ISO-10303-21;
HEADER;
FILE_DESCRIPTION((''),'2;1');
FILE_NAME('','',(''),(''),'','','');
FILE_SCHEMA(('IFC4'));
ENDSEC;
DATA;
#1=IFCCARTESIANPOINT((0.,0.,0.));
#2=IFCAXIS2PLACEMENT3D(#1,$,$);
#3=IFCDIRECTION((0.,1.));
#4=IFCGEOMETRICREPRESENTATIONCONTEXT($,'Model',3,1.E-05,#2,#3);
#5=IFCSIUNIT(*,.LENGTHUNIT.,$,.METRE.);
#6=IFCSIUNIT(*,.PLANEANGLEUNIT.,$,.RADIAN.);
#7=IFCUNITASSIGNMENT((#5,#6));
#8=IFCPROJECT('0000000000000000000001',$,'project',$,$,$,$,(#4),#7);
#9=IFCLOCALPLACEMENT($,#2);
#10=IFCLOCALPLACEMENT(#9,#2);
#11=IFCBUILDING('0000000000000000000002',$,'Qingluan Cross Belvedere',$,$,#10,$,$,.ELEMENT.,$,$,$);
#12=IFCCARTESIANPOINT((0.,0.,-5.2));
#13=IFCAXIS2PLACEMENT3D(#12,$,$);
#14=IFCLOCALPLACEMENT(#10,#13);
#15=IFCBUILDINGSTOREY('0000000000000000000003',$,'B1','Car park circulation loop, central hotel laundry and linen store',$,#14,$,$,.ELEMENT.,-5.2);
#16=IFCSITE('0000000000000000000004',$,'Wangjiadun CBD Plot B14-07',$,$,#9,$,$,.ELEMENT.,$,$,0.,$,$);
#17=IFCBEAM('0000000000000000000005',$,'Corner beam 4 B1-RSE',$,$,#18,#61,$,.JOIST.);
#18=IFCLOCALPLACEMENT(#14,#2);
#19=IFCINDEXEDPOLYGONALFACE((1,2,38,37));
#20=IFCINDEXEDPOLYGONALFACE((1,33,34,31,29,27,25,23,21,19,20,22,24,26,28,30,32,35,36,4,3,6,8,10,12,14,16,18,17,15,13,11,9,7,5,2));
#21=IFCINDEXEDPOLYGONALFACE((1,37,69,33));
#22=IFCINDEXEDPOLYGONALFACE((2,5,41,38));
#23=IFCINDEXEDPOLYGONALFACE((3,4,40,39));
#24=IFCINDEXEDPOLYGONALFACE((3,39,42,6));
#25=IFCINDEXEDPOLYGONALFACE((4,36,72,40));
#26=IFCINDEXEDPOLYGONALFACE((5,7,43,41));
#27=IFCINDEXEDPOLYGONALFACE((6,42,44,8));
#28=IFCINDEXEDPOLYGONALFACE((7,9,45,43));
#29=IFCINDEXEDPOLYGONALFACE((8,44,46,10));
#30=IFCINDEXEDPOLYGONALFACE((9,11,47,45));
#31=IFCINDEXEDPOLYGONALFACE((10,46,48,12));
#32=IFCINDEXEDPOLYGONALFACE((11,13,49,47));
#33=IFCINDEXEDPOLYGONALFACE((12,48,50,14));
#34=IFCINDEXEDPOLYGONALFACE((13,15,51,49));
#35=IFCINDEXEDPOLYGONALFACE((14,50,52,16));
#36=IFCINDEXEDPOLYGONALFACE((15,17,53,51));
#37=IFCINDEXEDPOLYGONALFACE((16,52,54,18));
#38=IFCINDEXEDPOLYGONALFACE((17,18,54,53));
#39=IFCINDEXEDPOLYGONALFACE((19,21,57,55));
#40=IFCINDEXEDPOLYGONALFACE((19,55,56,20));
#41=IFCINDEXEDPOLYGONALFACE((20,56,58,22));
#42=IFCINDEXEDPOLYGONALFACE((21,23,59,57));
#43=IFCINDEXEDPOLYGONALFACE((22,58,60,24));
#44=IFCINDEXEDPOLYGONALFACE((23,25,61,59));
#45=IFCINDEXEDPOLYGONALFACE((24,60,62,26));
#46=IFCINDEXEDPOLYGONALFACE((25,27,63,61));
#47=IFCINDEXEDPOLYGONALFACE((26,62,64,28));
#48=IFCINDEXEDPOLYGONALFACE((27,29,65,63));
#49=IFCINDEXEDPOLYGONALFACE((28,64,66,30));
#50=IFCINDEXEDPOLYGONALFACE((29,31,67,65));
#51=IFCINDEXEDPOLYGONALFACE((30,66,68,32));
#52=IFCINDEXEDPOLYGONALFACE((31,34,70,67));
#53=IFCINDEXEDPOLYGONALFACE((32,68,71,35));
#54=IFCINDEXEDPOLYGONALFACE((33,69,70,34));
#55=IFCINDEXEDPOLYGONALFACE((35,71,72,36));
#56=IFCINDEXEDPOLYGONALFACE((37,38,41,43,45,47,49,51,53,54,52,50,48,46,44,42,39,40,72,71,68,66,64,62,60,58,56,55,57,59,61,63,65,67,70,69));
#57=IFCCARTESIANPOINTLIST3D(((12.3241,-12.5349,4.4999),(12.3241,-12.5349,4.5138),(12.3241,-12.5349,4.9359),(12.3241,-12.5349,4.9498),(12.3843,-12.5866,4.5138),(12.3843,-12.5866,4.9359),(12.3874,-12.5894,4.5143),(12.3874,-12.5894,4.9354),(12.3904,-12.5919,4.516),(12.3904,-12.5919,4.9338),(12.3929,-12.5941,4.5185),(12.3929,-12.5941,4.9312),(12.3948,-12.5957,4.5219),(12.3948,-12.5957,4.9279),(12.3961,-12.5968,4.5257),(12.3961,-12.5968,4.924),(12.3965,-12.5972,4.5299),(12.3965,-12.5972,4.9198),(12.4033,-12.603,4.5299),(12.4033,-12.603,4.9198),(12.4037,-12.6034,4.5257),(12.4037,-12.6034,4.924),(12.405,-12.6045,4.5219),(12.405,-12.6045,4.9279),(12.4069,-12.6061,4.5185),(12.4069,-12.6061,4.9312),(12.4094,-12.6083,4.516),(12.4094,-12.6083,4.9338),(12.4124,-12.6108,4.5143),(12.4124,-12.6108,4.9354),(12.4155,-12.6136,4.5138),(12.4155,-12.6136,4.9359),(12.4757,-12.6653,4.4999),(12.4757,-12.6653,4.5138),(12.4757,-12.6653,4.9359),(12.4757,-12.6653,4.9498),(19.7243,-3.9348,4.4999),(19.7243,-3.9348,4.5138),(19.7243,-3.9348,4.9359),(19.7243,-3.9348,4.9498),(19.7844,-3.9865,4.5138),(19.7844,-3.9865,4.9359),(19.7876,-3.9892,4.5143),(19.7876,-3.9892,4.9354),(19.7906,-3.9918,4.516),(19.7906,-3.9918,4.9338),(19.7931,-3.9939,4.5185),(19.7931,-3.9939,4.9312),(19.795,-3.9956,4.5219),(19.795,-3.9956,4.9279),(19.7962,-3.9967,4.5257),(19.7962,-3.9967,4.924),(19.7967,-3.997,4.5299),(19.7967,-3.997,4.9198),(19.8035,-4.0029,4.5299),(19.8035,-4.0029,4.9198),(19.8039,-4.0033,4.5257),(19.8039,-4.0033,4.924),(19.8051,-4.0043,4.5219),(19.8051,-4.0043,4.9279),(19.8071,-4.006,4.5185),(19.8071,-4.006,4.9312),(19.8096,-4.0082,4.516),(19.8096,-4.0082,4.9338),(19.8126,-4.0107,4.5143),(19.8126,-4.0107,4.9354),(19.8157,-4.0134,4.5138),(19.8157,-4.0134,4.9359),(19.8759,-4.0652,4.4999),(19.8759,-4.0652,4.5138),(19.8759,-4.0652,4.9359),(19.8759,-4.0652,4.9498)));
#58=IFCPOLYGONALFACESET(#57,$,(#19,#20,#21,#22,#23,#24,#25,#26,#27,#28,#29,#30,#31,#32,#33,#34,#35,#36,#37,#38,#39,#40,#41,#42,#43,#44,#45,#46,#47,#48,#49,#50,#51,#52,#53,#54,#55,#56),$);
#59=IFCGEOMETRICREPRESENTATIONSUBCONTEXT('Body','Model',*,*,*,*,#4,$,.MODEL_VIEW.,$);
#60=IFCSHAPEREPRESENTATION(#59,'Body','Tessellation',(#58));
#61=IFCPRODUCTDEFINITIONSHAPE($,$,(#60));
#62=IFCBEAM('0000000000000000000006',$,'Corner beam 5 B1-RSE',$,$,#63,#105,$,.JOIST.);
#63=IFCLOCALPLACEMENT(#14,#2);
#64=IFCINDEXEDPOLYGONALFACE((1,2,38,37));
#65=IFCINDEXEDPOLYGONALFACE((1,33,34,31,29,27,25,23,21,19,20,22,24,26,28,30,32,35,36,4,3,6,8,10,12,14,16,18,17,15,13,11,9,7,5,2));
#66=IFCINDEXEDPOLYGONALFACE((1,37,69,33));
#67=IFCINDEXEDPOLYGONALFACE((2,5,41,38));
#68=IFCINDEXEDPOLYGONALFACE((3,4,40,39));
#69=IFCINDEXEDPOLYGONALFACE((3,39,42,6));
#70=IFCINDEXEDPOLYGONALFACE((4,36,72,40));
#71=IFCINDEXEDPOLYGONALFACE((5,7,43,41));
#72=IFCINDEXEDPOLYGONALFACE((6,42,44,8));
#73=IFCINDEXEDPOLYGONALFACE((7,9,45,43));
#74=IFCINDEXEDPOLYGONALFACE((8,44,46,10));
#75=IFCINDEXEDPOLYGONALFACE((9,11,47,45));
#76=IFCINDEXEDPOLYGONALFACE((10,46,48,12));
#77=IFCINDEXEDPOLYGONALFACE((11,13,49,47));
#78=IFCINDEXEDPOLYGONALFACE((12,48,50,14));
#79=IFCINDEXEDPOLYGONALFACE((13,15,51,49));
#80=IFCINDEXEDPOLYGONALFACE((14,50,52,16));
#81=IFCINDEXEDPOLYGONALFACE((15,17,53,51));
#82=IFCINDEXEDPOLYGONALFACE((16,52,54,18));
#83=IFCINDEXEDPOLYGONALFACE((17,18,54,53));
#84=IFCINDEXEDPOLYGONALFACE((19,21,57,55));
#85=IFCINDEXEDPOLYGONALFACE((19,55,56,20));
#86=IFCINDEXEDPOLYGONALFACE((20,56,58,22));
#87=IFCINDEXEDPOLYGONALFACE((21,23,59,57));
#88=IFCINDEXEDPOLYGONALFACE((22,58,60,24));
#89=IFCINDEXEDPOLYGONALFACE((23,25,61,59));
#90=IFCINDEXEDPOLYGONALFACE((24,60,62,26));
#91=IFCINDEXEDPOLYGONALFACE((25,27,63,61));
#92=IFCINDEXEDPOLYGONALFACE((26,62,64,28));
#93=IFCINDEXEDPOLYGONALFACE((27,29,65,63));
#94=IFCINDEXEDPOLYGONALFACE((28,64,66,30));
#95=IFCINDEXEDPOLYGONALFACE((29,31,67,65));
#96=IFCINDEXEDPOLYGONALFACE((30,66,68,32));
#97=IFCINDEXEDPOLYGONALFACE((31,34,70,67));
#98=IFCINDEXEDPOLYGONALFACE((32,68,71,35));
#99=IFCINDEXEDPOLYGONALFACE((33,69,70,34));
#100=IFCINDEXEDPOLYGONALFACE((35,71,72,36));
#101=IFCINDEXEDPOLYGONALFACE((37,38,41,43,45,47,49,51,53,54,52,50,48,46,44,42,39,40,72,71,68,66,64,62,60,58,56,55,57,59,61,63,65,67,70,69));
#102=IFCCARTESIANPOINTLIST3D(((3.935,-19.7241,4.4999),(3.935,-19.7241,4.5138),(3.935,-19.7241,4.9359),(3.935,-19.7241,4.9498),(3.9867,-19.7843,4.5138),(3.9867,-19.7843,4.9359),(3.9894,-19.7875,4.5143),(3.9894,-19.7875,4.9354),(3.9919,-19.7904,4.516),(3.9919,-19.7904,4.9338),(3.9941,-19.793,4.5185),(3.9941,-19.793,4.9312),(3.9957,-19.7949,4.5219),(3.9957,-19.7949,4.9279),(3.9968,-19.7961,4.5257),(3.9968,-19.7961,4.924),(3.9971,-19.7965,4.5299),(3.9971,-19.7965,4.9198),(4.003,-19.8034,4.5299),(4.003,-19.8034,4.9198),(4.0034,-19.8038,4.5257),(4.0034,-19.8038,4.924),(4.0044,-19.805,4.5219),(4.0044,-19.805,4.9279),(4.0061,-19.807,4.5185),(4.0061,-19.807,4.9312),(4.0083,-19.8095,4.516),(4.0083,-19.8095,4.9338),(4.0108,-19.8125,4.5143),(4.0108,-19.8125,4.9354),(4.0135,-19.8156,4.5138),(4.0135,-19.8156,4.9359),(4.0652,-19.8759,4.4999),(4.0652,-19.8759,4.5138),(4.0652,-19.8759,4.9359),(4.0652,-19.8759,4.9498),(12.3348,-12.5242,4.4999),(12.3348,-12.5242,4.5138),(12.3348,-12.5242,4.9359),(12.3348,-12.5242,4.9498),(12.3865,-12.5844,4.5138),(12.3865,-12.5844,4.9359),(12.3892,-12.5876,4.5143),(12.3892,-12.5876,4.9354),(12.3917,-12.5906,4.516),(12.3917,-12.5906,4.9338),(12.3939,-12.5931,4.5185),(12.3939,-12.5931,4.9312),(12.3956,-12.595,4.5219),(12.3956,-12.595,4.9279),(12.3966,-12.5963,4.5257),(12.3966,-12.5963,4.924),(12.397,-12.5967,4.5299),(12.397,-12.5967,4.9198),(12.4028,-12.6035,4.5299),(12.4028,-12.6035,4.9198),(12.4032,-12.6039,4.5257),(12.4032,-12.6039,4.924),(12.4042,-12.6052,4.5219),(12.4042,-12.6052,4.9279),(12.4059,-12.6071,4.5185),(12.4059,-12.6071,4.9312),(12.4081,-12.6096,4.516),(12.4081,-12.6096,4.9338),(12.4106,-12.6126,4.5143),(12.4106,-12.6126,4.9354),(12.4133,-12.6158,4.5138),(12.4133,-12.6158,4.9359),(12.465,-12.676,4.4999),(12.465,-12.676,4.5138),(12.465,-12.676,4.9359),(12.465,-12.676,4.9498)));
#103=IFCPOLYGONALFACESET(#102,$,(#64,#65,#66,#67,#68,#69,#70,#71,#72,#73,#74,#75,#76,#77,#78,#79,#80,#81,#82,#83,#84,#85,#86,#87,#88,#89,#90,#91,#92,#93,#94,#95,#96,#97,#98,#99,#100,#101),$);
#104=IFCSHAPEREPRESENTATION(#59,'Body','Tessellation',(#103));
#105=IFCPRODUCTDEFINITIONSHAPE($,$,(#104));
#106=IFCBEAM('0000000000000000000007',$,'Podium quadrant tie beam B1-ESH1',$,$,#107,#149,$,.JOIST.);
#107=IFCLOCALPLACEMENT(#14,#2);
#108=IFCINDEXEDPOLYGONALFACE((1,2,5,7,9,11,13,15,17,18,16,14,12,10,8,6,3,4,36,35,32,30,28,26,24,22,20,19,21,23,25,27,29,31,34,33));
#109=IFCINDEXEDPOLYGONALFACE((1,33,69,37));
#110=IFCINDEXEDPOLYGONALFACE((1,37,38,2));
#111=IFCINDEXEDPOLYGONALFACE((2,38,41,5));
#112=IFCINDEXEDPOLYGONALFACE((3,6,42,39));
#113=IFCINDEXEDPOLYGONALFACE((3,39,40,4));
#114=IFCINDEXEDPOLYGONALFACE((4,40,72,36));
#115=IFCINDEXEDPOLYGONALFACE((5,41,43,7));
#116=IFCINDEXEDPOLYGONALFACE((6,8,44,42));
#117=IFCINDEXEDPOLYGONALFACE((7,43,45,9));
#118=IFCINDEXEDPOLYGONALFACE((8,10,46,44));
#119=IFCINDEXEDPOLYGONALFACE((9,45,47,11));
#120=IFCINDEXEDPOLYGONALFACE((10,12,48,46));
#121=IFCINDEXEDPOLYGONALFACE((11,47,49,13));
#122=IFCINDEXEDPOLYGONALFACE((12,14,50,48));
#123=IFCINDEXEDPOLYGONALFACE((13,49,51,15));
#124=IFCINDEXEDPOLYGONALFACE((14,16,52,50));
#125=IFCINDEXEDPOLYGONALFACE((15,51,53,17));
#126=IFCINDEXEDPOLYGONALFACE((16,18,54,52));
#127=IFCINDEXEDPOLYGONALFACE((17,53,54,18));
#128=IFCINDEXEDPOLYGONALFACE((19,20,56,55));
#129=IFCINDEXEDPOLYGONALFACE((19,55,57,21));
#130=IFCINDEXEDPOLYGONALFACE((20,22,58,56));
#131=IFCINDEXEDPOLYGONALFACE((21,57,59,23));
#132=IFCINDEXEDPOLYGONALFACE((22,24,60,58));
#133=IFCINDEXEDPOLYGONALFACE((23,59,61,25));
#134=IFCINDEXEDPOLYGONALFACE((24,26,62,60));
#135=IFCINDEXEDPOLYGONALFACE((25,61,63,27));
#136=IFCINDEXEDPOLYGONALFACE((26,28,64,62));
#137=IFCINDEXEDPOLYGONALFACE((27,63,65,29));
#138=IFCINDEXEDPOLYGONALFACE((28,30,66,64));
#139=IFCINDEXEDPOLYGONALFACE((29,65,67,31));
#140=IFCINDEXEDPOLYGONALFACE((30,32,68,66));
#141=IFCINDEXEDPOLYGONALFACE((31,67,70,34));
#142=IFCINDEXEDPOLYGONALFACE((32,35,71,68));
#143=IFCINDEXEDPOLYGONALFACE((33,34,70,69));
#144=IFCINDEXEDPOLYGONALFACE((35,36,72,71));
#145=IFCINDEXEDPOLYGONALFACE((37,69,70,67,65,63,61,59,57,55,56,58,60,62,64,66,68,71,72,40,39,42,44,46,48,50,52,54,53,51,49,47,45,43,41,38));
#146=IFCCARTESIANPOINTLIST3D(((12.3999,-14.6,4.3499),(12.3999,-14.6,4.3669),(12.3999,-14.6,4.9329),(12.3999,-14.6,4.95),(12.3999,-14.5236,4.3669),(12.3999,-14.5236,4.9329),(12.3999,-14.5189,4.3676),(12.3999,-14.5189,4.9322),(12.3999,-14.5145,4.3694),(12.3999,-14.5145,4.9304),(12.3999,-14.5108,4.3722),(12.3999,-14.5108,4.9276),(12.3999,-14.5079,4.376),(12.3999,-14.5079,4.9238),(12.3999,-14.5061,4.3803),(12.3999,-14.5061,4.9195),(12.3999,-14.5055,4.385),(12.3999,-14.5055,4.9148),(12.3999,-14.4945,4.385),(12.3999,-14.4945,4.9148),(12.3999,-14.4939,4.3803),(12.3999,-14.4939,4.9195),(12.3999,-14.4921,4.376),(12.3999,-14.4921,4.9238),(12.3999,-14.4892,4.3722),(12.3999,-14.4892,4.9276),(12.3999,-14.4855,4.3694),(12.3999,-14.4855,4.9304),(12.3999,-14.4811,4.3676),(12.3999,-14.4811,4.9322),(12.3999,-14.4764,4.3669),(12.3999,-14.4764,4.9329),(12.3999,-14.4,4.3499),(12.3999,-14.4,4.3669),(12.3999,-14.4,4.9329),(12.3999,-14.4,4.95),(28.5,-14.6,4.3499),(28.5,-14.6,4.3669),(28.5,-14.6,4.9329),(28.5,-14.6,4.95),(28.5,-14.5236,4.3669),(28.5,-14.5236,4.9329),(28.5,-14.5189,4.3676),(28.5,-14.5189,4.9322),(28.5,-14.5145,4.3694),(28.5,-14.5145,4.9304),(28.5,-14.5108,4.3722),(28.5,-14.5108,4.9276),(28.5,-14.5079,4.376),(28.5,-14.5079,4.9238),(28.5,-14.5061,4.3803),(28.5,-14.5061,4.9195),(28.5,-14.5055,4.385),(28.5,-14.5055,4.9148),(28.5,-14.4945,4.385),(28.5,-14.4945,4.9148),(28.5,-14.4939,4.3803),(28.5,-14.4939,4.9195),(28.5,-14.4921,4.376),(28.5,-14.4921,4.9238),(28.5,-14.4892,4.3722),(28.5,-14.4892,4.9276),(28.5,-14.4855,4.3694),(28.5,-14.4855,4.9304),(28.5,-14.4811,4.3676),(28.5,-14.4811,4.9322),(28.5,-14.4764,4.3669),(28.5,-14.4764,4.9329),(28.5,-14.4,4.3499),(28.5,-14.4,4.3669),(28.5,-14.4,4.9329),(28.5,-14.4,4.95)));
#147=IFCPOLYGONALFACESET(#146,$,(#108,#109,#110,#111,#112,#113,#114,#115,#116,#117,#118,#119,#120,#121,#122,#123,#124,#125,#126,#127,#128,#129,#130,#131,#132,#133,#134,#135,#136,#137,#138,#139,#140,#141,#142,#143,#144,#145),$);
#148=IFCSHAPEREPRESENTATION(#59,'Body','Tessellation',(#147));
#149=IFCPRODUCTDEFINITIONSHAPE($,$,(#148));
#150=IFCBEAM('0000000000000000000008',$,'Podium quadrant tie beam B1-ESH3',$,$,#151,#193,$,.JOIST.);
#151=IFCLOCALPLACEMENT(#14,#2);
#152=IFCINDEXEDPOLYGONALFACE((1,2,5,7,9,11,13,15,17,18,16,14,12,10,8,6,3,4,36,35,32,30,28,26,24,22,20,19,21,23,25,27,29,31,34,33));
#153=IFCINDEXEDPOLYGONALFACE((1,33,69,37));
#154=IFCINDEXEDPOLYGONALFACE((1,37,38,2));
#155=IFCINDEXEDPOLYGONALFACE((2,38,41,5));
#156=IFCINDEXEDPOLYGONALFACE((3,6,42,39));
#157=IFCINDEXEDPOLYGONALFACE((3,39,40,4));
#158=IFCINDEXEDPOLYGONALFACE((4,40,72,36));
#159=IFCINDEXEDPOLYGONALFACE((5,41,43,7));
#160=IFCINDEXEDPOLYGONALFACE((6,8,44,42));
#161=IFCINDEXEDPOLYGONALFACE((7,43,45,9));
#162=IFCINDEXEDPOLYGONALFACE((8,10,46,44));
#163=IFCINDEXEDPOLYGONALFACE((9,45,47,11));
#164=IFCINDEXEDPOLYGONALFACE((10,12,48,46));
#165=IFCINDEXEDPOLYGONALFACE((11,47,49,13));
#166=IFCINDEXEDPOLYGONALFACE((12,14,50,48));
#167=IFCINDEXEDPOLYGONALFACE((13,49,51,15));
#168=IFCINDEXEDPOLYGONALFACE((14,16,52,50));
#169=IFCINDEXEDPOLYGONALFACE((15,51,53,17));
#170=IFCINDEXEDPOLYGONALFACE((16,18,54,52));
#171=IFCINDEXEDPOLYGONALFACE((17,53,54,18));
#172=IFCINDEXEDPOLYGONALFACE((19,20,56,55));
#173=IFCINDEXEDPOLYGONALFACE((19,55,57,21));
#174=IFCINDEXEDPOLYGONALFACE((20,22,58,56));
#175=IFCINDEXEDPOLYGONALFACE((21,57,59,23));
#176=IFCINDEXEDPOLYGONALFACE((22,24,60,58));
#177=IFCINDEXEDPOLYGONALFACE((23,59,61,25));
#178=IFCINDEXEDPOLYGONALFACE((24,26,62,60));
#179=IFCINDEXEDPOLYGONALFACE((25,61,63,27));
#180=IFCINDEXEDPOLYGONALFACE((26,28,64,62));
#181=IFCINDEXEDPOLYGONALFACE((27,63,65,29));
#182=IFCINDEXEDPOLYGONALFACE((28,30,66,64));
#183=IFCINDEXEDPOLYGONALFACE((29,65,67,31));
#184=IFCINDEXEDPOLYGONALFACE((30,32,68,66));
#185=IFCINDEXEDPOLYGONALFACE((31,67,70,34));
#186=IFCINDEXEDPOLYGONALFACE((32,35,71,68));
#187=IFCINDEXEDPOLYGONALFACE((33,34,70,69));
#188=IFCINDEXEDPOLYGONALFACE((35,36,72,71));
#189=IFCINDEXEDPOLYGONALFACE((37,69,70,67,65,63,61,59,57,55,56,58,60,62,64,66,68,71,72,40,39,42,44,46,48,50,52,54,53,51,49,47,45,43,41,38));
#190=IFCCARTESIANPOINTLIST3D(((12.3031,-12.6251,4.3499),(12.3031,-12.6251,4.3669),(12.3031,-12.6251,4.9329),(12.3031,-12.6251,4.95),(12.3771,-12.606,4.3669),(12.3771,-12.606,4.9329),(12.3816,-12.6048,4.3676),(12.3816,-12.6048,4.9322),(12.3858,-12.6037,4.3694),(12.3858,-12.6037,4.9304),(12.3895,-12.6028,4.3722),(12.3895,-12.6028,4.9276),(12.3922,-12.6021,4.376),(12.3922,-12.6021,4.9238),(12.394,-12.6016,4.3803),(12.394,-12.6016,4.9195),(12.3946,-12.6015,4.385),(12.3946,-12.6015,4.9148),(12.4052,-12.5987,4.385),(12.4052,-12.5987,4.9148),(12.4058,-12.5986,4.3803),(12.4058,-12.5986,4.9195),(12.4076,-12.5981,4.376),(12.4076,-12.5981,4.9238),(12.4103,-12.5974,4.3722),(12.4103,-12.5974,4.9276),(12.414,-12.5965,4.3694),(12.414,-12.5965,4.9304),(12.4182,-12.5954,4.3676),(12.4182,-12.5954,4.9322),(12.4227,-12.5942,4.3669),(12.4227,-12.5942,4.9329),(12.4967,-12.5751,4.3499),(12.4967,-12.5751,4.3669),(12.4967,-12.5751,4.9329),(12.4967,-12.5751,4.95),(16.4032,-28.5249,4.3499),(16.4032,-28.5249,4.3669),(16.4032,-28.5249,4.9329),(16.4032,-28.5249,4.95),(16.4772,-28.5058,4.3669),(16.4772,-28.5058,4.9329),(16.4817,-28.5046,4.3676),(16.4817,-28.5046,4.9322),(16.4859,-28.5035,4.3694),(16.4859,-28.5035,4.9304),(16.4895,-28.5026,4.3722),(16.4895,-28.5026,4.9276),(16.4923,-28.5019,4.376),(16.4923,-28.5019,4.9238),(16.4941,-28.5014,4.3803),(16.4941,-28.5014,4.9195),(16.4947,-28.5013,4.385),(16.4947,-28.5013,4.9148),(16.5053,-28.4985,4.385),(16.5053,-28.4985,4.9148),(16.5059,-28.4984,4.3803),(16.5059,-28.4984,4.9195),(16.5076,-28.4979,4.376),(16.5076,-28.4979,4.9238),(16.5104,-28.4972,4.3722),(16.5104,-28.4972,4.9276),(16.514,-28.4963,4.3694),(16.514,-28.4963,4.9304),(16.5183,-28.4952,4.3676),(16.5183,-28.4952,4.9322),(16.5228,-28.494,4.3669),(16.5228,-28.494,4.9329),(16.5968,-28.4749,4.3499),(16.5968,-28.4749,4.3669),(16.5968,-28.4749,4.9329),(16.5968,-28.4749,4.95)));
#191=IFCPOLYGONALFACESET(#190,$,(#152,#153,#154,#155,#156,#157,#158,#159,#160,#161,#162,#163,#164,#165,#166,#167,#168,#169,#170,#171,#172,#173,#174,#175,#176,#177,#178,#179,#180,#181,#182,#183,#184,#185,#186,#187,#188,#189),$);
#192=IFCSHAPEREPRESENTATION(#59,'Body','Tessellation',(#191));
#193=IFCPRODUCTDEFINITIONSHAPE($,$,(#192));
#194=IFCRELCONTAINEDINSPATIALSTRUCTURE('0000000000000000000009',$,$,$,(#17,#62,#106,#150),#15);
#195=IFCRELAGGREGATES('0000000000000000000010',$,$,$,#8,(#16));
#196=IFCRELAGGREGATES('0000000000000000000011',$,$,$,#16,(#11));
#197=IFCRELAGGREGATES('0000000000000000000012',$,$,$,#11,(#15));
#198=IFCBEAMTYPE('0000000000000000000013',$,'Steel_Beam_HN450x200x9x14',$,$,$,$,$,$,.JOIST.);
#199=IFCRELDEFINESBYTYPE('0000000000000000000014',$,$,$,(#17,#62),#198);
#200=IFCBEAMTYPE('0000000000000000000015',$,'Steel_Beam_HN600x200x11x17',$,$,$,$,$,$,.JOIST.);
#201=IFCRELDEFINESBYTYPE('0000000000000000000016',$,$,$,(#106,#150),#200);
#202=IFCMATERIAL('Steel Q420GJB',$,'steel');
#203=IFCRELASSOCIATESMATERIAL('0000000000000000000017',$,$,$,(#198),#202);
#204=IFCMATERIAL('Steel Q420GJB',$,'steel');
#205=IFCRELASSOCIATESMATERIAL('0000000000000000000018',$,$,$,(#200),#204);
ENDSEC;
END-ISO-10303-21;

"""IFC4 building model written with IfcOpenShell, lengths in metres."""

from ifc_helpers import new_model, si_unit, direction, frame, origin, origin_2d, place, context, subcontext, project, spatial, i_section, extrude, material, material_profile, profile_set, type_object, element, save


model = new_model("IFC4")

# Units and contexts
model_context = context("Model", 3, precision=1e-05, world=origin(), true_north=direction((0.0, 1.0)))
body_context = subcontext(model_context, "Body", "Model", "MODEL_VIEW")
ifc_project = project(units=[si_unit("LENGTHUNIT", "METRE"), si_unit("PLANEANGLEUNIT", "RADIAN")], contexts=[model_context])

# Site, building, storey
site_placement = place(None, origin())
site = spatial("IfcSite", under=ifc_project, at=site_placement, Name="Wangjiadun CBD Plot B14-07", CompositionType="ELEMENT", RefElevation=0.0)
building_placement = place(site_placement, origin())
building = spatial("IfcBuilding", under=site, at=building_placement, Name="Qingluan Cross Belvedere", CompositionType="ELEMENT")
storey_placement = place(building_placement, frame((0.0, 0.0, -5.2)))
storey = spatial("IfcBuildingStorey", under=building, at=storey_placement, Name="B1", Description="Car park circulation loop, central hotel laundry and linen store", CompositionType="ELEMENT", Elevation=-5.2)

# Beams
ifc_material_1 = material(Name="Steel Q420GJB", Category="steel")
ifc_material_profile_1 = material_profile(ifc_material_1, i_section(OverallWidth=0.2, OverallDepth=0.45, WebThickness=0.009, FlangeThickness=0.0139, FilletRadius=0.0161, at=origin_2d()), Name="HN450x200x9x14")
ifc_profile_set_1 = profile_set([ifc_material_profile_1], Name="Steel Q420GJB")
beam_type_1 = type_object("IfcBeamType", Name="Steel_Beam_HN450x200x9x14", PredefinedType="JOIST", material=ifc_profile_set_1)
beam_1_placement = place(storey_placement, frame((12.3999, -12.6001, 4.7249), z_axis=(0.652245, 0.758008, 0.0), x_axis=(-0.758008, 0.652245, 0.0)))
element("IfcBeam", 1, at=beam_1_placement, inside=storey, type_object=beam_type_1, Name="Corner beam 4 B1-RSE", PredefinedType="JOIST", context=body_context, shape_type="SweptSolid", body=[
    extrude(i_section(OverallWidth=0.2, OverallDepth=0.45, WebThickness=0.009, FlangeThickness=0.0139, FilletRadius=0.0161, at=origin_2d()), origin(), (0.0, 0.0, 1.0), 11.3457),
])
beam_2_placement = place(storey_placement, frame((12.3999, -12.6001, 4.7249), z_axis=(-0.759255, -0.650793, 0.0), x_axis=(0.650793, -0.759255, 0.0)))
element("IfcBeam", 2, at=beam_2_placement, inside=storey, type_object=beam_type_1, Name="Corner beam 5 B1-RSE", PredefinedType="JOIST", context=body_context, shape_type="SweptSolid", body=[
    extrude(i_section(OverallWidth=0.2, OverallDepth=0.45, WebThickness=0.009, FlangeThickness=0.0139, FilletRadius=0.0161, at=origin_2d()), origin(), (0.0, 0.0, 1.0), 11.0632),
])
ifc_material_2 = material(Name="Steel Q420GJB", Category="steel")
ifc_material_profile_2 = material_profile(ifc_material_2, i_section(OverallWidth=0.2, OverallDepth=0.6001, WebThickness=0.011, FlangeThickness=0.0171, FilletRadius=0.0181, at=origin_2d()), Name="HN600x200x11x17")
ifc_profile_set_2 = profile_set([ifc_material_profile_2], Name="Steel Q420GJB")
beam_type_2 = type_object("IfcBeamType", Name="Steel_Beam_HN600x200x11x17", PredefinedType="JOIST", material=ifc_profile_set_2)
beam_3_placement = place(storey_placement, frame((12.3999, -14.5, 4.6499), z_axis=(1.0, 0.0, 0.0), x_axis=(0.0, 1.0, 0.0)))
element("IfcBeam", 3, at=beam_3_placement, inside=storey, type_object=beam_type_2, Name="Podium quadrant tie beam B1-ESH1", PredefinedType="JOIST", context=body_context, shape_type="SweptSolid", body=[
    extrude(i_section(OverallWidth=0.2, OverallDepth=0.6001, WebThickness=0.011, FlangeThickness=0.0171, FilletRadius=0.0181, at=origin_2d()), origin(), (0.0, 0.0, 1.0), 16.1001),
])
beam_4_placement = place(storey_placement, frame((12.3999, -12.6001, 4.6499), z_axis=(0.249701, -0.968323, 0.0), x_axis=(0.968323, 0.249701, 0.0)))
element("IfcBeam", 4, at=beam_4_placement, inside=storey, type_object=beam_type_2, Name="Podium quadrant tie beam B1-ESH3", PredefinedType="JOIST", context=body_context, shape_type="SweptSolid", body=[
    extrude(i_section(OverallWidth=0.2, OverallDepth=0.6001, WebThickness=0.011, FlangeThickness=0.0171, FilletRadius=0.0181, at=origin_2d()), origin(), (0.0, 0.0, 1.0), 16.4199),
])

save(model, "model.ifc")
